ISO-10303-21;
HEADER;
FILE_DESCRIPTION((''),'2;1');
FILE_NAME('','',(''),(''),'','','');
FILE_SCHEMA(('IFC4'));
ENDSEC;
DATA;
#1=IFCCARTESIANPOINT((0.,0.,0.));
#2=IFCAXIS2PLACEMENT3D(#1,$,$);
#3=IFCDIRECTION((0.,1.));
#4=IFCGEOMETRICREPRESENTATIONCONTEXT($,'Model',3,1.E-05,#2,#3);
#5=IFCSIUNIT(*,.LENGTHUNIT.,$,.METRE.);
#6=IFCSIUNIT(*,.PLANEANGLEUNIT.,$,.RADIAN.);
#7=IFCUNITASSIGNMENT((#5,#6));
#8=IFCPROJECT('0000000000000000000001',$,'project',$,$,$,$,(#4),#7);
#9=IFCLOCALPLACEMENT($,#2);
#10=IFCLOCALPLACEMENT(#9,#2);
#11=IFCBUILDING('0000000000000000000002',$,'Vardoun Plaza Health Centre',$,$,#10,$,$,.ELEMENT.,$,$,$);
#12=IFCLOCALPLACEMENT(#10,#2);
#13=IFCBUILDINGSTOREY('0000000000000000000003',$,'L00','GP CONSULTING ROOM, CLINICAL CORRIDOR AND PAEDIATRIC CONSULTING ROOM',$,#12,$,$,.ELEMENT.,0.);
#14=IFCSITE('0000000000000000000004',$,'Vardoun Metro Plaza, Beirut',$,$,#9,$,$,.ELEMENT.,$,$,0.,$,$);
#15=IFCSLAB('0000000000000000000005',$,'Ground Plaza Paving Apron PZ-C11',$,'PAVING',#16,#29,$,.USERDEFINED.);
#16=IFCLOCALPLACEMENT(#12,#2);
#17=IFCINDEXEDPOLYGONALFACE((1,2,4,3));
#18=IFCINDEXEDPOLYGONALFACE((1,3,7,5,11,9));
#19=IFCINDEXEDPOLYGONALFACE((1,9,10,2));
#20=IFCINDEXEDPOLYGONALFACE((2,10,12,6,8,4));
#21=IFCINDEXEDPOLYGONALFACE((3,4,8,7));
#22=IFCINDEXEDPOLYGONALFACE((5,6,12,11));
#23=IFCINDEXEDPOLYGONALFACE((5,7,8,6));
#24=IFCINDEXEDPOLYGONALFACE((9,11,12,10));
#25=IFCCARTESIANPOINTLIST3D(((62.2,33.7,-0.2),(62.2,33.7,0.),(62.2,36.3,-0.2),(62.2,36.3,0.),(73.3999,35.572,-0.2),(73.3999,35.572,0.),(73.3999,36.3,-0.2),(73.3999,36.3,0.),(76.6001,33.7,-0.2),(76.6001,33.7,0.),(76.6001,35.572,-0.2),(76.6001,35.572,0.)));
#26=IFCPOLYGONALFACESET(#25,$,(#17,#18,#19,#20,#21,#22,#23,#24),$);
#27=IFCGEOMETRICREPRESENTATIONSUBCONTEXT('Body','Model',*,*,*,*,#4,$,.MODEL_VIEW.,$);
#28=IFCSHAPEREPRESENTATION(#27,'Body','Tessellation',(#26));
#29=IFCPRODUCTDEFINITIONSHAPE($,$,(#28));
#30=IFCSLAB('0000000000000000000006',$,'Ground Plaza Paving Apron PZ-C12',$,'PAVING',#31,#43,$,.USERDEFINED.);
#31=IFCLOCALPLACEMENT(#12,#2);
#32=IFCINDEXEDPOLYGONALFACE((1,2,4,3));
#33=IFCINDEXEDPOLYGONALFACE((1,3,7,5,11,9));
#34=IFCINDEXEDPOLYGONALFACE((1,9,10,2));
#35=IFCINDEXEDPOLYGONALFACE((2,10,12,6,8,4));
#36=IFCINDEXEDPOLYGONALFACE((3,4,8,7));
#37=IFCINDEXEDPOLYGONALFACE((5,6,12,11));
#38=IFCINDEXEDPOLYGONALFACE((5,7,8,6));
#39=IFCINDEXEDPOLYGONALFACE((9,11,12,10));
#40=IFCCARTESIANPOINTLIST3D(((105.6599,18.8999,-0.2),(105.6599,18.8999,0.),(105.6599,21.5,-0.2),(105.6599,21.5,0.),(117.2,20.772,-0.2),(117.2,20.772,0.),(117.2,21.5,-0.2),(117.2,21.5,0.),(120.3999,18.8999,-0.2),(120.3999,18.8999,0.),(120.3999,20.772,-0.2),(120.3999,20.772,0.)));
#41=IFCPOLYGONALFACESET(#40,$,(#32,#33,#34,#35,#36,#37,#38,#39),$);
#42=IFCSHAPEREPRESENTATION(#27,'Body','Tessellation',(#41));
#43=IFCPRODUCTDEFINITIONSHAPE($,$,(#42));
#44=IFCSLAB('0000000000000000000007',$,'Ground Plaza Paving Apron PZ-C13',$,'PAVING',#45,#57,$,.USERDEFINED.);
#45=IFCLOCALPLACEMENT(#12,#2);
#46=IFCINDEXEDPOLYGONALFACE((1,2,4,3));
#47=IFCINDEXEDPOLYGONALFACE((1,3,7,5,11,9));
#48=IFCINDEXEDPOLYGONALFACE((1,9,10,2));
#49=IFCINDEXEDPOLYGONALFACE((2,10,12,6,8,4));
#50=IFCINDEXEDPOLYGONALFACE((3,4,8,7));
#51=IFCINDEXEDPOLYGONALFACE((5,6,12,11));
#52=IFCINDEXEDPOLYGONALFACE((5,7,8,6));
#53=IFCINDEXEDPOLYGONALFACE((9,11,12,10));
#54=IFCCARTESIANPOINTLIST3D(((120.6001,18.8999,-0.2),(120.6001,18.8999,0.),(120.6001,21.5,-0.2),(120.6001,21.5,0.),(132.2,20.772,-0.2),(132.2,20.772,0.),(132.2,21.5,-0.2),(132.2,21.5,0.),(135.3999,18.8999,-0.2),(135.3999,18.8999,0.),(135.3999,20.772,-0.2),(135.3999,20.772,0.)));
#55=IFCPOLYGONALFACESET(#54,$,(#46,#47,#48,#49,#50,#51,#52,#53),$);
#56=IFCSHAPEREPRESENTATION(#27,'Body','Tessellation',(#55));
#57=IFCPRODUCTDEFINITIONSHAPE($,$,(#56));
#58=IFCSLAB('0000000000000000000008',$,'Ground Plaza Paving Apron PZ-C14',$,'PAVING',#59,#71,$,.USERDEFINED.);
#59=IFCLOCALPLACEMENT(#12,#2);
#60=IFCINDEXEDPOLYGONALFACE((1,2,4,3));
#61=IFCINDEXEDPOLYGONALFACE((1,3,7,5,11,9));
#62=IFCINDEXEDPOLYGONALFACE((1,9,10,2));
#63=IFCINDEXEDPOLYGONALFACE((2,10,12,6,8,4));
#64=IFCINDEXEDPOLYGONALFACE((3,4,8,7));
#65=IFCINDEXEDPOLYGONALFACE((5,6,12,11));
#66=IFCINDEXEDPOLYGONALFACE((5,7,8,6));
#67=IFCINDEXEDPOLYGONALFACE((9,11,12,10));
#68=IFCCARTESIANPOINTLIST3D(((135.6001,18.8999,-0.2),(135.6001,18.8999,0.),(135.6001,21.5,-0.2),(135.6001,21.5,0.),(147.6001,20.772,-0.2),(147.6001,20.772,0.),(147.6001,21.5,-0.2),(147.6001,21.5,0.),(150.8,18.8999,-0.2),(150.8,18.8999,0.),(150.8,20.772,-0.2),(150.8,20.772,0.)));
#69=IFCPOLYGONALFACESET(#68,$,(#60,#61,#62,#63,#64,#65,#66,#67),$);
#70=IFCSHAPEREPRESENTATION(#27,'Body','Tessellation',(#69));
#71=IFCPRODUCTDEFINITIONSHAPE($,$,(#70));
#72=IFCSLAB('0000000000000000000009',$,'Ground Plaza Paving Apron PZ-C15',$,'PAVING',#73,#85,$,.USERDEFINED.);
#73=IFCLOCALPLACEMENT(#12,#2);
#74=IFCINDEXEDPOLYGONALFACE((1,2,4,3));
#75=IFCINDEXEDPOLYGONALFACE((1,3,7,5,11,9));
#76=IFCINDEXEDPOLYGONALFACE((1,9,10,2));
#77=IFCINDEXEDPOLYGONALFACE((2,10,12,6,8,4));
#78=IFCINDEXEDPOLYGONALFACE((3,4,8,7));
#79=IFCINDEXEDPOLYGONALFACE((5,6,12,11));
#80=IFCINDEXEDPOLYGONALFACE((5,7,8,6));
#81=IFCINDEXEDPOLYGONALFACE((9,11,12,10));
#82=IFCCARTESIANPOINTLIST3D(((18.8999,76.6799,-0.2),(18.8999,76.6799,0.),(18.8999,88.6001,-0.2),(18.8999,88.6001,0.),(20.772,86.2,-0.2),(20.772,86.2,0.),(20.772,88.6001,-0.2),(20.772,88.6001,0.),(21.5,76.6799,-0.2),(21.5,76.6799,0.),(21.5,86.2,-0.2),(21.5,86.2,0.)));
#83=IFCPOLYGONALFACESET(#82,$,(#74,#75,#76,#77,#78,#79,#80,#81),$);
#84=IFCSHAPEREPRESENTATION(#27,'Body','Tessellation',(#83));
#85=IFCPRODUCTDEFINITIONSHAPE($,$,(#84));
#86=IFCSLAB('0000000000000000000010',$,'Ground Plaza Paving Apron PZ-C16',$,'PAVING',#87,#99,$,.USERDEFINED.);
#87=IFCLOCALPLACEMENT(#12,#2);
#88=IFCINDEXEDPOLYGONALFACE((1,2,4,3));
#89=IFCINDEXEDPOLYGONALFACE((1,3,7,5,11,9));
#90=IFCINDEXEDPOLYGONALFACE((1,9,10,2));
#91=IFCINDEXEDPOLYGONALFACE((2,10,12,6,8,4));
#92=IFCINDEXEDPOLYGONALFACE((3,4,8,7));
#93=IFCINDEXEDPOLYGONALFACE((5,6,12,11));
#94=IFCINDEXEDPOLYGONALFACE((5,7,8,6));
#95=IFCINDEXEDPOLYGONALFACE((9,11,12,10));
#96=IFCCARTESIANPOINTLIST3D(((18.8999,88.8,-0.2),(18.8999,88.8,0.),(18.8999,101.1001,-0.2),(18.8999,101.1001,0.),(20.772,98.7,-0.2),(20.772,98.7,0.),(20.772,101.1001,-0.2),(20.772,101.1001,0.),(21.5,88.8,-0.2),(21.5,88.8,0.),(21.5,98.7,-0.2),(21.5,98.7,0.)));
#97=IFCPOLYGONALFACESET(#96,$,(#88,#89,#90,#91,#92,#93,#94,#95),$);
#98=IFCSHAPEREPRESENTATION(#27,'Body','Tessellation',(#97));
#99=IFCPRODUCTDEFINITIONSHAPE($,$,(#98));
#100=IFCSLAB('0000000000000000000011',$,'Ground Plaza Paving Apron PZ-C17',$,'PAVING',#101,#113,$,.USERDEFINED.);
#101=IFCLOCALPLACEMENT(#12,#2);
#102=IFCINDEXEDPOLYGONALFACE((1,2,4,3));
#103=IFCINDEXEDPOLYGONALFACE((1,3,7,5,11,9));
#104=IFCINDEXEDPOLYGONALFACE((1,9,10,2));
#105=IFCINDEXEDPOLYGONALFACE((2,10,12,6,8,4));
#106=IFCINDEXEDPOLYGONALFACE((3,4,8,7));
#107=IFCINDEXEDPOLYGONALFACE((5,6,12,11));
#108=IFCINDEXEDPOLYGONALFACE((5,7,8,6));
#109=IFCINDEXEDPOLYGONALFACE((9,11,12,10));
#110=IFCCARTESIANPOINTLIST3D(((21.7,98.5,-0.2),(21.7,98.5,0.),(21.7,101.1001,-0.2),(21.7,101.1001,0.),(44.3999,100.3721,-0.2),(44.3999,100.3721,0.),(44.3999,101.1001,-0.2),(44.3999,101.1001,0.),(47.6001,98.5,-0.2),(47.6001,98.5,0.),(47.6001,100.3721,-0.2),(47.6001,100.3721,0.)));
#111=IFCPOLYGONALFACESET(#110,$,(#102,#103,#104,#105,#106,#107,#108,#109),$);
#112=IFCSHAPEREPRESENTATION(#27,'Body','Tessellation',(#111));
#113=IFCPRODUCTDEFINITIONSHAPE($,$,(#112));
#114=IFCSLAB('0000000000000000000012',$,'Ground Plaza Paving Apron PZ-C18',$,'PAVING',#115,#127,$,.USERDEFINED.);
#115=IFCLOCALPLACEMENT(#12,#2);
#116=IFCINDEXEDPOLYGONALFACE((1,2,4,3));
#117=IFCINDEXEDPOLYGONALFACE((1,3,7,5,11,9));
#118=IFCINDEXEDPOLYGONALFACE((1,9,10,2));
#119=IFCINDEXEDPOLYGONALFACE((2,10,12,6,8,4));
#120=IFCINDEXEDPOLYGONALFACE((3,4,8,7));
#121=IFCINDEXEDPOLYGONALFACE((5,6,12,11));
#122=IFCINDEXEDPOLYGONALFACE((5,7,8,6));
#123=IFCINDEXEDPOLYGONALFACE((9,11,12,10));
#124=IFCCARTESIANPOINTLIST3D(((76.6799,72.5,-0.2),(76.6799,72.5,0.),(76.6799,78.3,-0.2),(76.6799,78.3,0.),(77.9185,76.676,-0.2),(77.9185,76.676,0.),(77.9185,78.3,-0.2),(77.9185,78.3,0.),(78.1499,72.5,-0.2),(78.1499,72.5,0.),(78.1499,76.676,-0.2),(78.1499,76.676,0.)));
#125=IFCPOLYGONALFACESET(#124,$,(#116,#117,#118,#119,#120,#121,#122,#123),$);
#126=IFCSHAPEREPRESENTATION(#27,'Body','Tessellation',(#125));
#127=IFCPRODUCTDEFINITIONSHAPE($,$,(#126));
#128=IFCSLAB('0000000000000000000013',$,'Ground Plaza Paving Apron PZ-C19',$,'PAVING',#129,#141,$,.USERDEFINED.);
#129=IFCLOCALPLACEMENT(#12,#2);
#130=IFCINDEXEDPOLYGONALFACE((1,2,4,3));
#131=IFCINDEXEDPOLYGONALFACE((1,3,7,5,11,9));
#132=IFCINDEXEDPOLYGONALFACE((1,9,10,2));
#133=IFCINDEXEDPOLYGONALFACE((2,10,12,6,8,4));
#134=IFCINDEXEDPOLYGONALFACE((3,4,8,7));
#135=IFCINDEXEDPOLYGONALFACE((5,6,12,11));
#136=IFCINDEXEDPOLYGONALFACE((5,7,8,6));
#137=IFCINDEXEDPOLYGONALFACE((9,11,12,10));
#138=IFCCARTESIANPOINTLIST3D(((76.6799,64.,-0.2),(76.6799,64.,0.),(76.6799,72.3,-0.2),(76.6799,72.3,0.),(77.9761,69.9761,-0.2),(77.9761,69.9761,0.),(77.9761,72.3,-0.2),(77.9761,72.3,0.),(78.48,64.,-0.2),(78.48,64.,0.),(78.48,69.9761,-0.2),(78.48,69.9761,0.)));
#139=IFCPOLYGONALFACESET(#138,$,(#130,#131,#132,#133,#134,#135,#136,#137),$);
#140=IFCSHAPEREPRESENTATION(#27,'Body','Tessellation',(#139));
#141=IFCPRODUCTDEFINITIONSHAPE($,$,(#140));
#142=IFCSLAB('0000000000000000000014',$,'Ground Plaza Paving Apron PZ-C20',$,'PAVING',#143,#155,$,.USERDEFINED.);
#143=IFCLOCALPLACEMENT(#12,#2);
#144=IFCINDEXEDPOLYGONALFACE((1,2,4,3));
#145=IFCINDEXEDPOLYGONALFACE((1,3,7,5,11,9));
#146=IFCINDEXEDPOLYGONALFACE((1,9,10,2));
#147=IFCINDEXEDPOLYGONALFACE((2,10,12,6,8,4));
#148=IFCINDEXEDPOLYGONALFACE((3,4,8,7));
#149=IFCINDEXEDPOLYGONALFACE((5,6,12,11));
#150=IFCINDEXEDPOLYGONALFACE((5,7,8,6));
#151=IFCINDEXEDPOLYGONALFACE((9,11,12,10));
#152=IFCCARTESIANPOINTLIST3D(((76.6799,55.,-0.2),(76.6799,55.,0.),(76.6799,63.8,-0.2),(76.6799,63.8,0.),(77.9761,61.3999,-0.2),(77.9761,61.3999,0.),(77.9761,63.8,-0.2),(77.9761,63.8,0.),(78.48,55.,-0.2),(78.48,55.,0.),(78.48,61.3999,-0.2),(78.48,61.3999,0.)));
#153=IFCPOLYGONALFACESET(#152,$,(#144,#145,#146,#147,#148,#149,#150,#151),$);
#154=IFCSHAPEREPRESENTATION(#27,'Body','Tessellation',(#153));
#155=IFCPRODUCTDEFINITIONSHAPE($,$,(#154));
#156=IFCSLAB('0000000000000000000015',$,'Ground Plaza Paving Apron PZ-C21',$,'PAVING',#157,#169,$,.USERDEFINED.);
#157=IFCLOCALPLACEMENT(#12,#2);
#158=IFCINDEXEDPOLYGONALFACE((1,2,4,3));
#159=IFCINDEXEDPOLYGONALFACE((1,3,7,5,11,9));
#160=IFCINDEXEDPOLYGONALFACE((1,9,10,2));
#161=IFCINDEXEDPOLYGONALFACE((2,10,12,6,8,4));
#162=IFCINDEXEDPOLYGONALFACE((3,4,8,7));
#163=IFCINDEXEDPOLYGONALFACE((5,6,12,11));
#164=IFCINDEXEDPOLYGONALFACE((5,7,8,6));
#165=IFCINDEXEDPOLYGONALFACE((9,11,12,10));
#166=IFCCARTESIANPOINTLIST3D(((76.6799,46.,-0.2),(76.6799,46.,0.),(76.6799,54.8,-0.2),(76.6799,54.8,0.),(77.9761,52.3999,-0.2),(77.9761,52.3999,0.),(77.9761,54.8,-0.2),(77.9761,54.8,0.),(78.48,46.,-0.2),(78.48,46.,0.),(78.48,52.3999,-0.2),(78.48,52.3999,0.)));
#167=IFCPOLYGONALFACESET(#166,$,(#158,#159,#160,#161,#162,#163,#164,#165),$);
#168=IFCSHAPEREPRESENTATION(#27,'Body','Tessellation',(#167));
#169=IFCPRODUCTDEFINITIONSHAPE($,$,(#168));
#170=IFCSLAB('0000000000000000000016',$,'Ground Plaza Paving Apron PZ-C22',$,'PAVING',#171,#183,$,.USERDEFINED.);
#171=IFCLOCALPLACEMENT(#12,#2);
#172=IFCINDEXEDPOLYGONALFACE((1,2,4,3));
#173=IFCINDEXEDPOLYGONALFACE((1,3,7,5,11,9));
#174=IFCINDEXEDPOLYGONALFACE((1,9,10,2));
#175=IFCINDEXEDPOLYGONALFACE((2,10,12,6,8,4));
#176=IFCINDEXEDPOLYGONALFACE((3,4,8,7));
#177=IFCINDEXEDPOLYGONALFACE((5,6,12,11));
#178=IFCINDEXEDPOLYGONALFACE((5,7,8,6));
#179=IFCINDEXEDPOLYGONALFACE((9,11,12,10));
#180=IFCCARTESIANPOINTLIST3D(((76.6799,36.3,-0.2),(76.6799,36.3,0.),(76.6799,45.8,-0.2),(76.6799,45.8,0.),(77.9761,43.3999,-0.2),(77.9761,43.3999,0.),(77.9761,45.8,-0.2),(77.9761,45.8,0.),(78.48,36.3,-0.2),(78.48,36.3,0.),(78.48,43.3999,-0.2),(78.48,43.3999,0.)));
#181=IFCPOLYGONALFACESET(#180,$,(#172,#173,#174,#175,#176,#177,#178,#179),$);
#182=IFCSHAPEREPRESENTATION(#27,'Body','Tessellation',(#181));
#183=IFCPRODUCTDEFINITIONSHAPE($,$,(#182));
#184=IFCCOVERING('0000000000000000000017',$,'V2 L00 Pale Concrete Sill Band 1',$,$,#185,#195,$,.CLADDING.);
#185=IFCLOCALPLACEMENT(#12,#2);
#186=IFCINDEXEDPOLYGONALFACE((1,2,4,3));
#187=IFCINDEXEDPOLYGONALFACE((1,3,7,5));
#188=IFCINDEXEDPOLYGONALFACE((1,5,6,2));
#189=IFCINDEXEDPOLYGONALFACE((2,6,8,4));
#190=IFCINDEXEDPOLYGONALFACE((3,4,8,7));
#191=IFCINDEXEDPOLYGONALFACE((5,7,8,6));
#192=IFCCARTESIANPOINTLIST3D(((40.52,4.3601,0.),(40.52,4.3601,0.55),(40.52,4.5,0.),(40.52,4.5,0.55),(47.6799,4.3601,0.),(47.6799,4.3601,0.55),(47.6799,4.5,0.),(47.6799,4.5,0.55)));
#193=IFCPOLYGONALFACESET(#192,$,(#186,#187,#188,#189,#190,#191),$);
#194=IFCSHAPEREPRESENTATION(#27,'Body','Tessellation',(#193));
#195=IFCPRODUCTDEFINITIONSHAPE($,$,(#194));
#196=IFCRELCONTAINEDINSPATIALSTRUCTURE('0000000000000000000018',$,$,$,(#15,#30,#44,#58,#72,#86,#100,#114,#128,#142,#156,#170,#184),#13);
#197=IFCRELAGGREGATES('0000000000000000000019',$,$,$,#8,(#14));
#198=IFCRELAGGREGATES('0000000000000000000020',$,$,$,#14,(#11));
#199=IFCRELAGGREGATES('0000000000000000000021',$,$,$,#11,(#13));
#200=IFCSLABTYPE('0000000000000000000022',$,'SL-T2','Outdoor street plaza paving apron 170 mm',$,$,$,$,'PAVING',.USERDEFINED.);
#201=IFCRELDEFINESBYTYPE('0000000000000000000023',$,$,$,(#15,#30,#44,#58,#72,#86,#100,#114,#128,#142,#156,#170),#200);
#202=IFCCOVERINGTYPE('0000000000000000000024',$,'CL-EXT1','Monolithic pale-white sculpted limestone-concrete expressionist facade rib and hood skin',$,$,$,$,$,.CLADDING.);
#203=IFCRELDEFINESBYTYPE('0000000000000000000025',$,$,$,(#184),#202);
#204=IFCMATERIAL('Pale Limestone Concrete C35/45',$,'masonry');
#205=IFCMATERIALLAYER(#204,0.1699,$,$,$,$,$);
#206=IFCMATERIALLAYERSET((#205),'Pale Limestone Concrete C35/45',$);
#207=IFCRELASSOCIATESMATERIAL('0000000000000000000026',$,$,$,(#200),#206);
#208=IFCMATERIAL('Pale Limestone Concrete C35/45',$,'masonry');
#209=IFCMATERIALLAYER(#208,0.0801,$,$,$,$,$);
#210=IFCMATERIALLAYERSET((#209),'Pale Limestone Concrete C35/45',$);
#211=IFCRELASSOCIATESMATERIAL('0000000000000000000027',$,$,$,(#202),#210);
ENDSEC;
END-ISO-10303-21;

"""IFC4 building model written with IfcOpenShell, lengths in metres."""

from ifc_helpers import new_model, si_unit, direction, frame, origin, place, context, subcontext, project, spatial, polyline, outline, extrude, material, layer, layer_set, type_object, element, save


model = new_model("IFC4")

# Units and contexts
model_context = context("Model", 3, precision=1e-05, world=origin(), true_north=direction((0.0, 1.0)))
body_context = subcontext(model_context, "Body", "Model", "MODEL_VIEW")
ifc_project = project(units=[si_unit("LENGTHUNIT", "METRE"), si_unit("PLANEANGLEUNIT", "RADIAN")], contexts=[model_context])

# Site, building, storey
site_placement = place(None, origin())
site = spatial("IfcSite", under=ifc_project, at=site_placement, Name="Vardoun Metro Plaza, Beirut", CompositionType="ELEMENT", RefElevation=0.0)
building_placement = place(site_placement, origin())
building = spatial("IfcBuilding", under=site, at=building_placement, Name="Vardoun Plaza Health Centre", CompositionType="ELEMENT")
storey_placement = place(building_placement, origin())
storey = spatial("IfcBuildingStorey", under=building, at=storey_placement, Name="L00", Description="GP CONSULTING ROOM, CLINICAL CORRIDOR AND PAEDIATRIC CONSULTING ROOM", CompositionType="ELEMENT", Elevation=0.0)

# Slabs
ifc_material_1 = material(Name="Pale Limestone Concrete C35/45", Category="masonry")
ifc_layer_1 = layer(ifc_material_1, 0.1699)
ifc_layer_set_1 = layer_set([ifc_layer_1], Name="Pale Limestone Concrete C35/45")
slab_type = type_object("IfcSlabType", Name="SL-T2", Description="Outdoor street plaza paving apron 170 mm", ElementType="PAVING", PredefinedType="USERDEFINED", material=ifc_layer_set_1)
slab_1_placement = place(storey_placement, frame((0.0, 0.0, -0.2)))
element("IfcSlab", 1, at=slab_1_placement, inside=storey, type_object=slab_type, Name="Ground Plaza Paving Apron PZ-C11", ObjectType="PAVING", PredefinedType="USERDEFINED", context=body_context, shape_type="SweptSolid", body=[
    extrude(outline(polyline([(62.2, 33.7), (76.6001, 33.7), (76.6001, 35.572), (73.3999, 35.572), (73.3999, 36.3), (62.2, 36.3), (62.2, 33.7)])), origin(), (0.0, 0.0, 1.0), 0.2),
])
slab_2_placement = place(storey_placement, frame((0.0, 0.0, -0.2)))
element("IfcSlab", 2, at=slab_2_placement, inside=storey, type_object=slab_type, Name="Ground Plaza Paving Apron PZ-C12", ObjectType="PAVING", PredefinedType="USERDEFINED", context=body_context, shape_type="SweptSolid", body=[
    extrude(outline(polyline([(105.6599, 18.8999), (120.3999, 18.8999), (120.3999, 20.772), (117.2, 20.772), (117.2, 21.5), (105.6599, 21.5), (105.6599, 18.8999)])), origin(), (0.0, 0.0, 1.0), 0.2),
])
slab_3_placement = place(storey_placement, frame((0.0, 0.0, -0.2)))
element("IfcSlab", 3, at=slab_3_placement, inside=storey, type_object=slab_type, Name="Ground Plaza Paving Apron PZ-C13", ObjectType="PAVING", PredefinedType="USERDEFINED", context=body_context, shape_type="SweptSolid", body=[
    extrude(outline(polyline([(120.6001, 18.8999), (135.3999, 18.8999), (135.3999, 20.772), (132.2, 20.772), (132.2, 21.5), (120.6001, 21.5), (120.6001, 18.8999)])), origin(), (0.0, 0.0, 1.0), 0.2),
])
slab_4_placement = place(storey_placement, frame((0.0, 0.0, -0.2)))
element("IfcSlab", 4, at=slab_4_placement, inside=storey, type_object=slab_type, Name="Ground Plaza Paving Apron PZ-C14", ObjectType="PAVING", PredefinedType="USERDEFINED", context=body_context, shape_type="SweptSolid", body=[
    extrude(outline(polyline([(135.6001, 18.8999), (150.8, 18.8999), (150.8, 20.772), (147.6001, 20.772), (147.6001, 21.5), (135.6001, 21.5), (135.6001, 18.8999)])), origin(), (0.0, 0.0, 1.0), 0.2),
])
slab_5_placement = place(storey_placement, frame((0.0, 0.0, -0.2)))
element("IfcSlab", 5, at=slab_5_placement, inside=storey, type_object=slab_type, Name="Ground Plaza Paving Apron PZ-C15", ObjectType="PAVING", PredefinedType="USERDEFINED", context=body_context, shape_type="SweptSolid", body=[
    extrude(outline(polyline([(18.8999, 76.6799), (21.5, 76.6799), (21.5, 86.2), (20.772, 86.2), (20.772, 88.6001), (18.8999, 88.6001), (18.8999, 76.6799)])), origin(), (0.0, 0.0, 1.0), 0.2),
])
slab_6_placement = place(storey_placement, frame((0.0, 0.0, -0.2)))
element("IfcSlab", 6, at=slab_6_placement, inside=storey, type_object=slab_type, Name="Ground Plaza Paving Apron PZ-C16", ObjectType="PAVING", PredefinedType="USERDEFINED", context=body_context, shape_type="SweptSolid", body=[
    extrude(outline(polyline([(18.8999, 88.8), (21.5, 88.8), (21.5, 98.7), (20.772, 98.7), (20.772, 101.1001), (18.8999, 101.1001), (18.8999, 88.8)])), origin(), (0.0, 0.0, 1.0), 0.2),
])
slab_7_placement = place(storey_placement, frame((0.0, 0.0, -0.2)))
element("IfcSlab", 7, at=slab_7_placement, inside=storey, type_object=slab_type, Name="Ground Plaza Paving Apron PZ-C17", ObjectType="PAVING", PredefinedType="USERDEFINED", context=body_context, shape_type="SweptSolid", body=[
    extrude(outline(polyline([(21.7, 98.5), (47.6001, 98.5), (47.6001, 100.3721), (44.3999, 100.3721), (44.3999, 101.1001), (21.7, 101.1001), (21.7, 98.5)])), origin(), (0.0, 0.0, 1.0), 0.2),
])
slab_8_placement = place(storey_placement, frame((0.0, 0.0, -0.2)))
element("IfcSlab", 8, at=slab_8_placement, inside=storey, type_object=slab_type, Name="Ground Plaza Paving Apron PZ-C18", ObjectType="PAVING", PredefinedType="USERDEFINED", context=body_context, shape_type="SweptSolid", body=[
    extrude(outline(polyline([(76.6799, 72.5), (78.1499, 72.5), (78.1499, 76.676), (77.9185, 76.676), (77.9185, 78.3), (76.6799, 78.3), (76.6799, 72.5)])), origin(), (0.0, 0.0, 1.0), 0.2),
])
slab_9_placement = place(storey_placement, frame((0.0, 0.0, -0.2)))
element("IfcSlab", 9, at=slab_9_placement, inside=storey, type_object=slab_type, Name="Ground Plaza Paving Apron PZ-C19", ObjectType="PAVING", PredefinedType="USERDEFINED", context=body_context, shape_type="SweptSolid", body=[
    extrude(outline(polyline([(76.6799, 64.0), (78.48, 64.0), (78.48, 69.9761), (77.9761, 69.9761), (77.9761, 72.3), (76.6799, 72.3), (76.6799, 64.0)])), origin(), (0.0, 0.0, 1.0), 0.2),
])
slab_10_placement = place(storey_placement, frame((0.0, 0.0, -0.2)))
element("IfcSlab", 10, at=slab_10_placement, inside=storey, type_object=slab_type, Name="Ground Plaza Paving Apron PZ-C20", ObjectType="PAVING", PredefinedType="USERDEFINED", context=body_context, shape_type="SweptSolid", body=[
    extrude(outline(polyline([(76.6799, 55.0), (78.48, 55.0), (78.48, 61.3999), (77.9761, 61.3999), (77.9761, 63.8), (76.6799, 63.8), (76.6799, 55.0)])), origin(), (0.0, 0.0, 1.0), 0.2),
])
slab_11_placement = place(storey_placement, frame((0.0, 0.0, -0.2)))
element("IfcSlab", 11, at=slab_11_placement, inside=storey, type_object=slab_type, Name="Ground Plaza Paving Apron PZ-C21", ObjectType="PAVING", PredefinedType="USERDEFINED", context=body_context, shape_type="SweptSolid", body=[
    extrude(outline(polyline([(76.6799, 46.0), (78.48, 46.0), (78.48, 52.3999), (77.9761, 52.3999), (77.9761, 54.8), (76.6799, 54.8), (76.6799, 46.0)])), origin(), (0.0, 0.0, 1.0), 0.2),
])
slab_12_placement = place(storey_placement, frame((0.0, 0.0, -0.2)))
element("IfcSlab", 12, at=slab_12_placement, inside=storey, type_object=slab_type, Name="Ground Plaza Paving Apron PZ-C22", ObjectType="PAVING", PredefinedType="USERDEFINED", context=body_context, shape_type="SweptSolid", body=[
    extrude(outline(polyline([(76.6799, 36.3), (78.48, 36.3), (78.48, 43.3999), (77.9761, 43.3999), (77.9761, 45.8), (76.6799, 45.8), (76.6799, 36.3)])), origin(), (0.0, 0.0, 1.0), 0.2),
])

# Covering
ifc_material_2 = material(Name="Pale Limestone Concrete C35/45", Category="masonry")
ifc_layer_2 = layer(ifc_material_2, 0.0801)
ifc_layer_set_2 = layer_set([ifc_layer_2], Name="Pale Limestone Concrete C35/45")
covering_type = type_object("IfcCoveringType", Name="CL-EXT1", Description="Monolithic pale-white sculpted limestone-concrete expressionist facade rib and hood skin", PredefinedType="CLADDING", material=ifc_layer_set_2)
covering_1_placement = place(storey_placement, origin())
element("IfcCovering", 13, at=covering_1_placement, inside=storey, type_object=covering_type, Name="V2 L00 Pale Concrete Sill Band 1", PredefinedType="CLADDING", context=body_context, shape_type="SweptSolid", body=[
    extrude(outline(polyline([(47.6799, 4.5), (40.52, 4.5), (40.52, 4.3601), (47.6799, 4.3601), (47.6799, 4.5)])), origin(), (0.0, 0.0, 1.0), 0.55),
])

save(model, "model.ifc")
